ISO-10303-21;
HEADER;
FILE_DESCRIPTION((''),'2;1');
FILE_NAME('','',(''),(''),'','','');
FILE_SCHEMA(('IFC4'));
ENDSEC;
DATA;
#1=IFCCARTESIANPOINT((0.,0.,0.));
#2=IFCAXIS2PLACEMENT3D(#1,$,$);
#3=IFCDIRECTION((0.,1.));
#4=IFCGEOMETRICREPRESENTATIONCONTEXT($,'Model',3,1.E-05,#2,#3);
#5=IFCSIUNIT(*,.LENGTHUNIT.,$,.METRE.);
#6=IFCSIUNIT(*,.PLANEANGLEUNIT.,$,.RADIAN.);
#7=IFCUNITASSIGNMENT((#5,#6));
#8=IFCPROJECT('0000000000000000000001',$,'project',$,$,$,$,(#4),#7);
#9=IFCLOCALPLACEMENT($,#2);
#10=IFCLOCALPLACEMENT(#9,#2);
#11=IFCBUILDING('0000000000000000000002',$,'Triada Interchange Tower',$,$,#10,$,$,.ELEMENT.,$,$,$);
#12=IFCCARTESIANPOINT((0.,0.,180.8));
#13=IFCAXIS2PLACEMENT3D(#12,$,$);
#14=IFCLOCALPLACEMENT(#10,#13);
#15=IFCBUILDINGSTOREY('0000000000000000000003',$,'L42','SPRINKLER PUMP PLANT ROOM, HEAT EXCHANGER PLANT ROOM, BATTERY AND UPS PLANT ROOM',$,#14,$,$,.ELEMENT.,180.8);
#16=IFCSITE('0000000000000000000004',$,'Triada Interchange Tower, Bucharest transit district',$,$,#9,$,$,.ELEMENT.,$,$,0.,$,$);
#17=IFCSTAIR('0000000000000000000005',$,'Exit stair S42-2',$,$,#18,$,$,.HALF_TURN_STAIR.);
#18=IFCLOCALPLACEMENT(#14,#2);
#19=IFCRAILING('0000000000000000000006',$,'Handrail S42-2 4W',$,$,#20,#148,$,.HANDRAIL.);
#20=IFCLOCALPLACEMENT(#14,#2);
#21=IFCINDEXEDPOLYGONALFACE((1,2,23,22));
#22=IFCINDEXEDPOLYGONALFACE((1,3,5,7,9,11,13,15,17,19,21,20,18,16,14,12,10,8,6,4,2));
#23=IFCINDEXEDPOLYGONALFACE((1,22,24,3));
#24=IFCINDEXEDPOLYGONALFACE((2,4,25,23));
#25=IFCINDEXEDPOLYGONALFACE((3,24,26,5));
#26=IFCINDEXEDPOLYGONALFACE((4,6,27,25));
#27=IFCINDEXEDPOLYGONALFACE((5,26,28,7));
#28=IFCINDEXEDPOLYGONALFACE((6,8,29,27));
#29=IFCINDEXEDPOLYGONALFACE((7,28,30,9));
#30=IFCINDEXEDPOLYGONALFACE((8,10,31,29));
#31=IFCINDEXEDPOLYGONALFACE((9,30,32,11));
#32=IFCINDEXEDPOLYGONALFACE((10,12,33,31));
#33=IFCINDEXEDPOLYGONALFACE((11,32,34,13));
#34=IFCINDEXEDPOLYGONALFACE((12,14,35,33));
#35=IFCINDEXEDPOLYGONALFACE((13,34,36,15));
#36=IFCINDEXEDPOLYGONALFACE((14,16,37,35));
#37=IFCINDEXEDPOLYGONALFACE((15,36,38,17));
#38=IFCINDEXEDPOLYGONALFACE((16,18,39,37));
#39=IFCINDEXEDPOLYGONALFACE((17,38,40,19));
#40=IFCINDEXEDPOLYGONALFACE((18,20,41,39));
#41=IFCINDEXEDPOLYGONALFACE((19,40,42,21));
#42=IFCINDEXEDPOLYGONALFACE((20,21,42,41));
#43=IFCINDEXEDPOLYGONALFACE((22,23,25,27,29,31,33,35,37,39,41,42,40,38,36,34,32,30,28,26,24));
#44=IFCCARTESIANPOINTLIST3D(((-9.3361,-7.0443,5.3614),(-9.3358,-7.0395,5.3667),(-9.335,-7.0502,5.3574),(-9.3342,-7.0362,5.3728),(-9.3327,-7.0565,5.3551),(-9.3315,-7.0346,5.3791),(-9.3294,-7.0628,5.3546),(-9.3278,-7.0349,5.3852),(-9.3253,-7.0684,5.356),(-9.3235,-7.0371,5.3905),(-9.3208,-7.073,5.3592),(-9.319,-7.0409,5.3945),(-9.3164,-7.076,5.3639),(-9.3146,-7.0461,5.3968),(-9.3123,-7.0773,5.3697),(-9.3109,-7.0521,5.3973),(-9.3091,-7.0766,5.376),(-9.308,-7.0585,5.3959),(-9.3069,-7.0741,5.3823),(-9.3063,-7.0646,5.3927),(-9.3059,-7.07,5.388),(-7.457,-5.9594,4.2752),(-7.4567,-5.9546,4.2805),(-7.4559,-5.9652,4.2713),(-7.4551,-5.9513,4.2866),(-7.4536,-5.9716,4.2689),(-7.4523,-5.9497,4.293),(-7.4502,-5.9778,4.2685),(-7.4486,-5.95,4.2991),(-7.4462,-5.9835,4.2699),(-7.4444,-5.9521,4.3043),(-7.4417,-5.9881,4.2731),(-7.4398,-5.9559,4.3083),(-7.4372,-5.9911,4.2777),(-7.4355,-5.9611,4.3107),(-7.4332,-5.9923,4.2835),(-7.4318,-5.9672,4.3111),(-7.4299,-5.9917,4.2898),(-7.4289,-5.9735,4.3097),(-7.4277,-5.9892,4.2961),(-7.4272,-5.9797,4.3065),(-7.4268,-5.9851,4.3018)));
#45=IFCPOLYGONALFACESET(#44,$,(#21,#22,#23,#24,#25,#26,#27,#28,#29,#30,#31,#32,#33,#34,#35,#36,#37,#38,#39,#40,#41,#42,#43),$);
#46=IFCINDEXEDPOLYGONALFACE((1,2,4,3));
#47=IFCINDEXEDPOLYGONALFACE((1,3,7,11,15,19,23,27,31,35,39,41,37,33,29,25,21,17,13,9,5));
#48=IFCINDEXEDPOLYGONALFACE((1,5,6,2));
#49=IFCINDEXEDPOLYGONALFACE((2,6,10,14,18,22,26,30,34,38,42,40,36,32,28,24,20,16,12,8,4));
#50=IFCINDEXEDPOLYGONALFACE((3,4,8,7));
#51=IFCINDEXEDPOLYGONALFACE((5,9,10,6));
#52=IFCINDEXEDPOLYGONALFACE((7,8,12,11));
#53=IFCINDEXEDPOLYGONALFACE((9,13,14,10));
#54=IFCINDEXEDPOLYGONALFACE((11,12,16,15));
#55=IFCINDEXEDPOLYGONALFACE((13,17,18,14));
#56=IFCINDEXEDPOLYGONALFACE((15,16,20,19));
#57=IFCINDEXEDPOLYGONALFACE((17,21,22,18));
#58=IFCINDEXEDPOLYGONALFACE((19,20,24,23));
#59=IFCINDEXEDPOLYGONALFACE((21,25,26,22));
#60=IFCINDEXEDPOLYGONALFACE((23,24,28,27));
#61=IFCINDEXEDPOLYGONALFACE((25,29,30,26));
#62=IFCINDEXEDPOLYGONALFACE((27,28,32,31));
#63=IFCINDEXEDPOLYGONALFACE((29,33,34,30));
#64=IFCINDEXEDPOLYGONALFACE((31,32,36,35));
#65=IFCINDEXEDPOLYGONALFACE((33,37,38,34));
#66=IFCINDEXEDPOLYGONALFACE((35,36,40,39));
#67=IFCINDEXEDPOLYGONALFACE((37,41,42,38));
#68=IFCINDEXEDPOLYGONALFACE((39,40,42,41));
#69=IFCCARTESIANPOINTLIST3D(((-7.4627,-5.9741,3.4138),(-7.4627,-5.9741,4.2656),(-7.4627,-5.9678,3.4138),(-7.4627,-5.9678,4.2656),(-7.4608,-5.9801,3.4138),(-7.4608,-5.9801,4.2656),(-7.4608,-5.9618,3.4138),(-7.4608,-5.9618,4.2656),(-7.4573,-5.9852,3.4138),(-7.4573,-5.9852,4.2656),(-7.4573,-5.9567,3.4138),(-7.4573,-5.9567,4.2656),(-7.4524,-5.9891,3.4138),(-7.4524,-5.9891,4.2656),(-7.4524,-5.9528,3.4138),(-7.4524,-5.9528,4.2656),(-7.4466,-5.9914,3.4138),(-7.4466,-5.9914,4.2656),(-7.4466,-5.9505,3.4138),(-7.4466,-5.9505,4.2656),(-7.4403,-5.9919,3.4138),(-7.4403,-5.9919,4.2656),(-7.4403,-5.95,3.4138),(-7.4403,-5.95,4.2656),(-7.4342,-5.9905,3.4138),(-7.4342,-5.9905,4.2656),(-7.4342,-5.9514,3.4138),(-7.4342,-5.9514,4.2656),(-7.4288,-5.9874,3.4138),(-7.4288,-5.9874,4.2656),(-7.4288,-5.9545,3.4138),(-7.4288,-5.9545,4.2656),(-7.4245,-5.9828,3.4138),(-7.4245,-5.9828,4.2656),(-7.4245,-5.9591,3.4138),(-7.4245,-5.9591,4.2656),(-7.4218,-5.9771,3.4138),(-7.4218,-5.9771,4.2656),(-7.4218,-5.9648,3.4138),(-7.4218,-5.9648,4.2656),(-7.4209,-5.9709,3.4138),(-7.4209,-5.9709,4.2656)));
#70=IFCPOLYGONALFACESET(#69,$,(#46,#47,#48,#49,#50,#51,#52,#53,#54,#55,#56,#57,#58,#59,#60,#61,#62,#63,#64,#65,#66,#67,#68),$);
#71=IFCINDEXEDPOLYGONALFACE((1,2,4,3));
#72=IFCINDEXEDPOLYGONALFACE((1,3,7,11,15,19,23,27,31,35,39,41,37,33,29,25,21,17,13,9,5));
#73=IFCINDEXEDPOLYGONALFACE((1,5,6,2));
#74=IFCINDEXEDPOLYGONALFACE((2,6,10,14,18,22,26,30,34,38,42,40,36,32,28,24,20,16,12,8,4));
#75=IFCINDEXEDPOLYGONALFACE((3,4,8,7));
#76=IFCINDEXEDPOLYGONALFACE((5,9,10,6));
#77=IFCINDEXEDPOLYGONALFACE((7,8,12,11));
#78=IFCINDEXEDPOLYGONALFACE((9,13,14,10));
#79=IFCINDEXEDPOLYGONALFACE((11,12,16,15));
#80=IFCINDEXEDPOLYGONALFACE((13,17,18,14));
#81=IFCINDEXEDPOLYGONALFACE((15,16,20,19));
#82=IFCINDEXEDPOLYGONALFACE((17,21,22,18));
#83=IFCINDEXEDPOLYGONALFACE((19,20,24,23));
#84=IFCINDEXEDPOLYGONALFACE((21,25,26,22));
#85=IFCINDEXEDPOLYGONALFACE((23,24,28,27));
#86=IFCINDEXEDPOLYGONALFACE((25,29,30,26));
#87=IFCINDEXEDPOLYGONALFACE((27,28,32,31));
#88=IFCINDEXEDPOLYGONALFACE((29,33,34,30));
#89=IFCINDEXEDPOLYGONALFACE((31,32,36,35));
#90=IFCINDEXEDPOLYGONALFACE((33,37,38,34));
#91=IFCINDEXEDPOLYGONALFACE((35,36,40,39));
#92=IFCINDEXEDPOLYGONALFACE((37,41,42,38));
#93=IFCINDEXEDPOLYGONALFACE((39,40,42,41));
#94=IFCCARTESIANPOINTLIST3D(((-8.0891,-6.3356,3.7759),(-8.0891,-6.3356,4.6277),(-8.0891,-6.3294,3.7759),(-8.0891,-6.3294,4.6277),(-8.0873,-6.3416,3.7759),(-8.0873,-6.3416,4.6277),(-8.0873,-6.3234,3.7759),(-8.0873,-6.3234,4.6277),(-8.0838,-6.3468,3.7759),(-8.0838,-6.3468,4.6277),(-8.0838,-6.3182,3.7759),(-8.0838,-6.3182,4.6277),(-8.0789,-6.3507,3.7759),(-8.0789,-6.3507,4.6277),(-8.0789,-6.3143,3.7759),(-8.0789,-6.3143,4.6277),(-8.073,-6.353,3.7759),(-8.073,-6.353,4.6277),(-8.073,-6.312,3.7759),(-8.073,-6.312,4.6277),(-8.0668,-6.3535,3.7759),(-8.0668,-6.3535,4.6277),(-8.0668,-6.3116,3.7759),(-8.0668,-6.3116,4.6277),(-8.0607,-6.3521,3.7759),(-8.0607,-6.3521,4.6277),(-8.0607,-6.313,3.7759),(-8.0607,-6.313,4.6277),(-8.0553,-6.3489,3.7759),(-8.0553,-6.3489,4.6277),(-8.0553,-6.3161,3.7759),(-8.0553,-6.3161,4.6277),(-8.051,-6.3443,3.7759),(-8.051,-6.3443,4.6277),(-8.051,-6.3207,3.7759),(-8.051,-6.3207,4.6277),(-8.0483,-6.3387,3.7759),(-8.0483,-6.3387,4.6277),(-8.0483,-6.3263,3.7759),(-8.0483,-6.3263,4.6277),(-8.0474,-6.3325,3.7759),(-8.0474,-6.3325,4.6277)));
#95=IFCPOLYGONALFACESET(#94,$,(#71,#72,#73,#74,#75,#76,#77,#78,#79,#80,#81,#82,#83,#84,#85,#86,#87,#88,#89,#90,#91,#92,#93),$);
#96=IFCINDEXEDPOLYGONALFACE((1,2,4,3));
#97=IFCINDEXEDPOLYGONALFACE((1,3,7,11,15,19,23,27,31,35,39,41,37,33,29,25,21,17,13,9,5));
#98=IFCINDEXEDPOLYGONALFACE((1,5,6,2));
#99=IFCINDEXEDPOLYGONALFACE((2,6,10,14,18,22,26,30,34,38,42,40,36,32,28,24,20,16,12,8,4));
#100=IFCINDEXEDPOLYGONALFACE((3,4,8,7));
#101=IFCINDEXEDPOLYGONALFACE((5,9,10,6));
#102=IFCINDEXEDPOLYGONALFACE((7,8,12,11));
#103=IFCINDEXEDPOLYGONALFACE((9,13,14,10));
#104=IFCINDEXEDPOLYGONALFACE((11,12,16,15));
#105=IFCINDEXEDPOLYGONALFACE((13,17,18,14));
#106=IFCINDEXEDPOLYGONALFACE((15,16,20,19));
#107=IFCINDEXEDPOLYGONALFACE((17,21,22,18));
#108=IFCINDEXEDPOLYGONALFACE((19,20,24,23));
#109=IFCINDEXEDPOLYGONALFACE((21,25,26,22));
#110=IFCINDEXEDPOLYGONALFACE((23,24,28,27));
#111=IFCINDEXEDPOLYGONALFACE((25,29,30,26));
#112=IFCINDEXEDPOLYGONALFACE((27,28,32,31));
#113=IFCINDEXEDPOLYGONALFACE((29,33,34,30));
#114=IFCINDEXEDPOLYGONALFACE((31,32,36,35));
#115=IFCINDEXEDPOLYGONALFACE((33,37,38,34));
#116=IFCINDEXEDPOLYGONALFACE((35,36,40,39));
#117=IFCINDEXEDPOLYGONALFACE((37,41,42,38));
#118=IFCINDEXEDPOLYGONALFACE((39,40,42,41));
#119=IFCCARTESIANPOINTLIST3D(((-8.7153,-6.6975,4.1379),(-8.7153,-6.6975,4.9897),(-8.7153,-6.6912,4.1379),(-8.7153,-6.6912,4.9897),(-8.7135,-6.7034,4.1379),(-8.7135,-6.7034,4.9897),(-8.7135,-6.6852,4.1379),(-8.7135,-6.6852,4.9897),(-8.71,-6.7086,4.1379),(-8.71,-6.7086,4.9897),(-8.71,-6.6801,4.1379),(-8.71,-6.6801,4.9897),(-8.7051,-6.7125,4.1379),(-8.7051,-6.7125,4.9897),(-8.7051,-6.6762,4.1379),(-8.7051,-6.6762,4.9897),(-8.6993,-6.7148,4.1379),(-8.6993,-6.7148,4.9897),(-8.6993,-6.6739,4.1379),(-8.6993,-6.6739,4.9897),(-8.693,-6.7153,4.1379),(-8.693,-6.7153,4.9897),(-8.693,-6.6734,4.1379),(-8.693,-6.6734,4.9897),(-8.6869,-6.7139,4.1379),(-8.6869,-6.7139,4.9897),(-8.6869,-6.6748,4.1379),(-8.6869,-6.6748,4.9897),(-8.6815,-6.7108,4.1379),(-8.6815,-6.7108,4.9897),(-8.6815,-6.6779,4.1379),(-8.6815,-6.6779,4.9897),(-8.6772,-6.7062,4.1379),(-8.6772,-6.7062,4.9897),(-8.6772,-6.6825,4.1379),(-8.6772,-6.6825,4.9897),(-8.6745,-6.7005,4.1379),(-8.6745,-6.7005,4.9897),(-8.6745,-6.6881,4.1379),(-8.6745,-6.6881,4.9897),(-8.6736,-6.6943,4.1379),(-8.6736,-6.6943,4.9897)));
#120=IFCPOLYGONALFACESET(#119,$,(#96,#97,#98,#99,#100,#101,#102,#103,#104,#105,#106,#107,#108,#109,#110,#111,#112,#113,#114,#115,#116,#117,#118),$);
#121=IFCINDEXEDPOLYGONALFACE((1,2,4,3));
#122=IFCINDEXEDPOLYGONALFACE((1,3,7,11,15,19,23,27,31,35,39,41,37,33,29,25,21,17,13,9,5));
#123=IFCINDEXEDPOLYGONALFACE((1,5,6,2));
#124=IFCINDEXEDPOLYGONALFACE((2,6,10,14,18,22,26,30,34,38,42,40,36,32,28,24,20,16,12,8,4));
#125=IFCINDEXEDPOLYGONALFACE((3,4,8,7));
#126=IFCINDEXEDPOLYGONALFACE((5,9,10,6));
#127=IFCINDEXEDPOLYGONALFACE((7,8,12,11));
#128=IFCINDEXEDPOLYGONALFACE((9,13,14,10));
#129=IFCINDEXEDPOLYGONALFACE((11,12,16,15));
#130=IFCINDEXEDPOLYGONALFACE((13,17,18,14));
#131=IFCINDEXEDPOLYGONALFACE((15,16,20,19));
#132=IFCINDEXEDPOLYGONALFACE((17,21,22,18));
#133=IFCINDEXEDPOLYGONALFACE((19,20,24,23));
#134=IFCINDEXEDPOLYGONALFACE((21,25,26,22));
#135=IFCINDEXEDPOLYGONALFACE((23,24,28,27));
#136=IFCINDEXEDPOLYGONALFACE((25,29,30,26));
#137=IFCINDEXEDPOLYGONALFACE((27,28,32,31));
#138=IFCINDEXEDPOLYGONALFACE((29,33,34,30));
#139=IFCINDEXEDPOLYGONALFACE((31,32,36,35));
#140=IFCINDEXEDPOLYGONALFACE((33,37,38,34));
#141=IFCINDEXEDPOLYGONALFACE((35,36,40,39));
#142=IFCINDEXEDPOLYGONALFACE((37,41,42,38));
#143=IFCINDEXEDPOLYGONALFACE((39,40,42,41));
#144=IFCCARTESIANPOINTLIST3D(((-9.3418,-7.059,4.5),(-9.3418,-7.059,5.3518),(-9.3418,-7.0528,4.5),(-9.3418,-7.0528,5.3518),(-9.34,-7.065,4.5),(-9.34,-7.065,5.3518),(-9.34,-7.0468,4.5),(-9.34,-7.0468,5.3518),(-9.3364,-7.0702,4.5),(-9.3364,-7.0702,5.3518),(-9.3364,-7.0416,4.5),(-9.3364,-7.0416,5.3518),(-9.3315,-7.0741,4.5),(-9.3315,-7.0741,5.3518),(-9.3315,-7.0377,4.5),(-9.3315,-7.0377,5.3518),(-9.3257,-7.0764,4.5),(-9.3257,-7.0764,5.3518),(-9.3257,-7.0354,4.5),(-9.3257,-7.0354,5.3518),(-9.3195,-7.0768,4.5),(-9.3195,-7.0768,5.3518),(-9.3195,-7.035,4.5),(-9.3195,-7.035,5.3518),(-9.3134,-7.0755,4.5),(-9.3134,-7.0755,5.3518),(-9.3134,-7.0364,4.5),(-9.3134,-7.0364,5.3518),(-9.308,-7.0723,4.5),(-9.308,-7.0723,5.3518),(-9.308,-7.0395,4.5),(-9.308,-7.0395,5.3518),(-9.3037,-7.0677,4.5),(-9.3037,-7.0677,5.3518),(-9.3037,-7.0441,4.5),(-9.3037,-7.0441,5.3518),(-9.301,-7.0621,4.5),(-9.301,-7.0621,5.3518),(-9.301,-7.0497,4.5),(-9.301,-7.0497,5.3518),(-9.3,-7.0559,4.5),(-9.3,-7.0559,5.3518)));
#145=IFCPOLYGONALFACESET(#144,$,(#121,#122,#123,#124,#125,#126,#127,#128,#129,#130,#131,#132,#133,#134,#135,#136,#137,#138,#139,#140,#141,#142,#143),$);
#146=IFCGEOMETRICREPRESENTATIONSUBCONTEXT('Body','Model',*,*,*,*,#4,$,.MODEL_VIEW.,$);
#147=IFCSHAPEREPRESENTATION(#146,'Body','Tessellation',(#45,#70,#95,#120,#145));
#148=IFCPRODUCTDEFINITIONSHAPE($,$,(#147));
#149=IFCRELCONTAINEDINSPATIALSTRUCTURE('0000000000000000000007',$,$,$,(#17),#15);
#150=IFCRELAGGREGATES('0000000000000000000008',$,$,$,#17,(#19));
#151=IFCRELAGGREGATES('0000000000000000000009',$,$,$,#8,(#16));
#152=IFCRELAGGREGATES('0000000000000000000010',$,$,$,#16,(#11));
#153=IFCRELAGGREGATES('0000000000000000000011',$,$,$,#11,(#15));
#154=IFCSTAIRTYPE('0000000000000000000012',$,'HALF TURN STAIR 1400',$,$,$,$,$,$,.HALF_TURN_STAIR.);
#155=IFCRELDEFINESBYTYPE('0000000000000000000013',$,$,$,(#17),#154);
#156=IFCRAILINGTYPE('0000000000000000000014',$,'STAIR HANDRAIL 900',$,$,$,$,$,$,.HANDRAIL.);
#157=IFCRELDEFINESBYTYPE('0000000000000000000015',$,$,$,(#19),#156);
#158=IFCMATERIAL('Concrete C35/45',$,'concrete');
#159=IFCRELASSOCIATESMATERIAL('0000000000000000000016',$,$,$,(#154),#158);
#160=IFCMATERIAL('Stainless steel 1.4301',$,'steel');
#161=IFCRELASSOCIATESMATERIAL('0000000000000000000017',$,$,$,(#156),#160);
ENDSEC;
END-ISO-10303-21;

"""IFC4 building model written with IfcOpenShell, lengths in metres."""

from ifc_helpers import new_model, si_unit, direction, frame, origin, origin_2d, place, context, subcontext, project, spatial, circle, extrude, material, type_object, element, aggregate, save


model = new_model("IFC4")

# Units and contexts
model_context = context("Model", 3, precision=1e-05, world=origin(), true_north=direction((0.0, 1.0)))
body_context = subcontext(model_context, "Body", "Model", "MODEL_VIEW")
ifc_project = project(units=[si_unit("LENGTHUNIT", "METRE"), si_unit("PLANEANGLEUNIT", "RADIAN")], contexts=[model_context])

# Site, building, storey
site_placement = place(None, origin())
site = spatial("IfcSite", under=ifc_project, at=site_placement, Name="Triada Interchange Tower, Bucharest transit district", CompositionType="ELEMENT", RefElevation=0.0)
building_placement = place(site_placement, origin())
building = spatial("IfcBuilding", under=site, at=building_placement, Name="Triada Interchange Tower", CompositionType="ELEMENT")
storey_placement = place(building_placement, frame((0.0, 0.0, 180.8)))
storey = spatial("IfcBuildingStorey", under=building, at=storey_placement, Name="L42", Description="SPRINKLER PUMP PLANT ROOM, HEAT EXCHANGER PLANT ROOM, BATTERY AND UPS PLANT ROOM", CompositionType="ELEMENT", Elevation=180.8)

# Shared definitions
ifc_material_1 = material(Name="Concrete C35/45", Category="concrete")

# Stair, railing
stair_type = type_object("IfcStairType", Name="HALF TURN STAIR 1400", PredefinedType="HALF_TURN_STAIR", material=ifc_material_1)
stair_placement = place(storey_placement, origin())
stair = element("IfcStair", 1, at=stair_placement, inside=storey, type_object=stair_type, Name="Exit stair S42-2", PredefinedType="HALF_TURN_STAIR")
ifc_material_2 = material(Name="Stainless steel 1.4301", Category="steel")
railing_type_1 = type_object("IfcRailingType", Name="STAIR HANDRAIL 900", PredefinedType="HANDRAIL", material=ifc_material_2)
railing_1_placement = place(storey_placement, frame((-7.4419, -5.9709, 3.4138)))
railing_1 = element("IfcRailing", 2, at=railing_1_placement, type_object=railing_type_1, Name="Handrail S42-2 4W", PredefinedType="HANDRAIL", context=body_context, shape_type="SweptSolid", body=[
    extrude(circle(Radius=0.0239, at=origin_2d()), frame((0.0, 0.0, 0.876), z_axis=(-0.774413, -0.447121, 0.447624), x_axis=(0.500011, -0.866019, 0.0)), (0.0, 0.0, 1.0), 2.4265),
    extrude(circle(Radius=0.021, at=origin_2d()), origin(), (0.0, 0.0, 1.0), 0.8518),
    extrude(circle(Radius=0.021, at=origin_2d()), frame((-0.6265, -0.3616, 0.3621)), (0.0, 0.0, 1.0), 0.8518),
    extrude(circle(Radius=0.021, at=origin_2d()), frame((-1.2527, -0.7234, 0.7241)), (0.0, 0.0, 1.0), 0.8518),
    extrude(circle(Radius=0.021, at=origin_2d()), frame((-1.8792, -1.085, 1.0862)), (0.0, 0.0, 1.0), 0.8518),
])
aggregate(stair, [railing_1])

save(model, "model.ifc")
